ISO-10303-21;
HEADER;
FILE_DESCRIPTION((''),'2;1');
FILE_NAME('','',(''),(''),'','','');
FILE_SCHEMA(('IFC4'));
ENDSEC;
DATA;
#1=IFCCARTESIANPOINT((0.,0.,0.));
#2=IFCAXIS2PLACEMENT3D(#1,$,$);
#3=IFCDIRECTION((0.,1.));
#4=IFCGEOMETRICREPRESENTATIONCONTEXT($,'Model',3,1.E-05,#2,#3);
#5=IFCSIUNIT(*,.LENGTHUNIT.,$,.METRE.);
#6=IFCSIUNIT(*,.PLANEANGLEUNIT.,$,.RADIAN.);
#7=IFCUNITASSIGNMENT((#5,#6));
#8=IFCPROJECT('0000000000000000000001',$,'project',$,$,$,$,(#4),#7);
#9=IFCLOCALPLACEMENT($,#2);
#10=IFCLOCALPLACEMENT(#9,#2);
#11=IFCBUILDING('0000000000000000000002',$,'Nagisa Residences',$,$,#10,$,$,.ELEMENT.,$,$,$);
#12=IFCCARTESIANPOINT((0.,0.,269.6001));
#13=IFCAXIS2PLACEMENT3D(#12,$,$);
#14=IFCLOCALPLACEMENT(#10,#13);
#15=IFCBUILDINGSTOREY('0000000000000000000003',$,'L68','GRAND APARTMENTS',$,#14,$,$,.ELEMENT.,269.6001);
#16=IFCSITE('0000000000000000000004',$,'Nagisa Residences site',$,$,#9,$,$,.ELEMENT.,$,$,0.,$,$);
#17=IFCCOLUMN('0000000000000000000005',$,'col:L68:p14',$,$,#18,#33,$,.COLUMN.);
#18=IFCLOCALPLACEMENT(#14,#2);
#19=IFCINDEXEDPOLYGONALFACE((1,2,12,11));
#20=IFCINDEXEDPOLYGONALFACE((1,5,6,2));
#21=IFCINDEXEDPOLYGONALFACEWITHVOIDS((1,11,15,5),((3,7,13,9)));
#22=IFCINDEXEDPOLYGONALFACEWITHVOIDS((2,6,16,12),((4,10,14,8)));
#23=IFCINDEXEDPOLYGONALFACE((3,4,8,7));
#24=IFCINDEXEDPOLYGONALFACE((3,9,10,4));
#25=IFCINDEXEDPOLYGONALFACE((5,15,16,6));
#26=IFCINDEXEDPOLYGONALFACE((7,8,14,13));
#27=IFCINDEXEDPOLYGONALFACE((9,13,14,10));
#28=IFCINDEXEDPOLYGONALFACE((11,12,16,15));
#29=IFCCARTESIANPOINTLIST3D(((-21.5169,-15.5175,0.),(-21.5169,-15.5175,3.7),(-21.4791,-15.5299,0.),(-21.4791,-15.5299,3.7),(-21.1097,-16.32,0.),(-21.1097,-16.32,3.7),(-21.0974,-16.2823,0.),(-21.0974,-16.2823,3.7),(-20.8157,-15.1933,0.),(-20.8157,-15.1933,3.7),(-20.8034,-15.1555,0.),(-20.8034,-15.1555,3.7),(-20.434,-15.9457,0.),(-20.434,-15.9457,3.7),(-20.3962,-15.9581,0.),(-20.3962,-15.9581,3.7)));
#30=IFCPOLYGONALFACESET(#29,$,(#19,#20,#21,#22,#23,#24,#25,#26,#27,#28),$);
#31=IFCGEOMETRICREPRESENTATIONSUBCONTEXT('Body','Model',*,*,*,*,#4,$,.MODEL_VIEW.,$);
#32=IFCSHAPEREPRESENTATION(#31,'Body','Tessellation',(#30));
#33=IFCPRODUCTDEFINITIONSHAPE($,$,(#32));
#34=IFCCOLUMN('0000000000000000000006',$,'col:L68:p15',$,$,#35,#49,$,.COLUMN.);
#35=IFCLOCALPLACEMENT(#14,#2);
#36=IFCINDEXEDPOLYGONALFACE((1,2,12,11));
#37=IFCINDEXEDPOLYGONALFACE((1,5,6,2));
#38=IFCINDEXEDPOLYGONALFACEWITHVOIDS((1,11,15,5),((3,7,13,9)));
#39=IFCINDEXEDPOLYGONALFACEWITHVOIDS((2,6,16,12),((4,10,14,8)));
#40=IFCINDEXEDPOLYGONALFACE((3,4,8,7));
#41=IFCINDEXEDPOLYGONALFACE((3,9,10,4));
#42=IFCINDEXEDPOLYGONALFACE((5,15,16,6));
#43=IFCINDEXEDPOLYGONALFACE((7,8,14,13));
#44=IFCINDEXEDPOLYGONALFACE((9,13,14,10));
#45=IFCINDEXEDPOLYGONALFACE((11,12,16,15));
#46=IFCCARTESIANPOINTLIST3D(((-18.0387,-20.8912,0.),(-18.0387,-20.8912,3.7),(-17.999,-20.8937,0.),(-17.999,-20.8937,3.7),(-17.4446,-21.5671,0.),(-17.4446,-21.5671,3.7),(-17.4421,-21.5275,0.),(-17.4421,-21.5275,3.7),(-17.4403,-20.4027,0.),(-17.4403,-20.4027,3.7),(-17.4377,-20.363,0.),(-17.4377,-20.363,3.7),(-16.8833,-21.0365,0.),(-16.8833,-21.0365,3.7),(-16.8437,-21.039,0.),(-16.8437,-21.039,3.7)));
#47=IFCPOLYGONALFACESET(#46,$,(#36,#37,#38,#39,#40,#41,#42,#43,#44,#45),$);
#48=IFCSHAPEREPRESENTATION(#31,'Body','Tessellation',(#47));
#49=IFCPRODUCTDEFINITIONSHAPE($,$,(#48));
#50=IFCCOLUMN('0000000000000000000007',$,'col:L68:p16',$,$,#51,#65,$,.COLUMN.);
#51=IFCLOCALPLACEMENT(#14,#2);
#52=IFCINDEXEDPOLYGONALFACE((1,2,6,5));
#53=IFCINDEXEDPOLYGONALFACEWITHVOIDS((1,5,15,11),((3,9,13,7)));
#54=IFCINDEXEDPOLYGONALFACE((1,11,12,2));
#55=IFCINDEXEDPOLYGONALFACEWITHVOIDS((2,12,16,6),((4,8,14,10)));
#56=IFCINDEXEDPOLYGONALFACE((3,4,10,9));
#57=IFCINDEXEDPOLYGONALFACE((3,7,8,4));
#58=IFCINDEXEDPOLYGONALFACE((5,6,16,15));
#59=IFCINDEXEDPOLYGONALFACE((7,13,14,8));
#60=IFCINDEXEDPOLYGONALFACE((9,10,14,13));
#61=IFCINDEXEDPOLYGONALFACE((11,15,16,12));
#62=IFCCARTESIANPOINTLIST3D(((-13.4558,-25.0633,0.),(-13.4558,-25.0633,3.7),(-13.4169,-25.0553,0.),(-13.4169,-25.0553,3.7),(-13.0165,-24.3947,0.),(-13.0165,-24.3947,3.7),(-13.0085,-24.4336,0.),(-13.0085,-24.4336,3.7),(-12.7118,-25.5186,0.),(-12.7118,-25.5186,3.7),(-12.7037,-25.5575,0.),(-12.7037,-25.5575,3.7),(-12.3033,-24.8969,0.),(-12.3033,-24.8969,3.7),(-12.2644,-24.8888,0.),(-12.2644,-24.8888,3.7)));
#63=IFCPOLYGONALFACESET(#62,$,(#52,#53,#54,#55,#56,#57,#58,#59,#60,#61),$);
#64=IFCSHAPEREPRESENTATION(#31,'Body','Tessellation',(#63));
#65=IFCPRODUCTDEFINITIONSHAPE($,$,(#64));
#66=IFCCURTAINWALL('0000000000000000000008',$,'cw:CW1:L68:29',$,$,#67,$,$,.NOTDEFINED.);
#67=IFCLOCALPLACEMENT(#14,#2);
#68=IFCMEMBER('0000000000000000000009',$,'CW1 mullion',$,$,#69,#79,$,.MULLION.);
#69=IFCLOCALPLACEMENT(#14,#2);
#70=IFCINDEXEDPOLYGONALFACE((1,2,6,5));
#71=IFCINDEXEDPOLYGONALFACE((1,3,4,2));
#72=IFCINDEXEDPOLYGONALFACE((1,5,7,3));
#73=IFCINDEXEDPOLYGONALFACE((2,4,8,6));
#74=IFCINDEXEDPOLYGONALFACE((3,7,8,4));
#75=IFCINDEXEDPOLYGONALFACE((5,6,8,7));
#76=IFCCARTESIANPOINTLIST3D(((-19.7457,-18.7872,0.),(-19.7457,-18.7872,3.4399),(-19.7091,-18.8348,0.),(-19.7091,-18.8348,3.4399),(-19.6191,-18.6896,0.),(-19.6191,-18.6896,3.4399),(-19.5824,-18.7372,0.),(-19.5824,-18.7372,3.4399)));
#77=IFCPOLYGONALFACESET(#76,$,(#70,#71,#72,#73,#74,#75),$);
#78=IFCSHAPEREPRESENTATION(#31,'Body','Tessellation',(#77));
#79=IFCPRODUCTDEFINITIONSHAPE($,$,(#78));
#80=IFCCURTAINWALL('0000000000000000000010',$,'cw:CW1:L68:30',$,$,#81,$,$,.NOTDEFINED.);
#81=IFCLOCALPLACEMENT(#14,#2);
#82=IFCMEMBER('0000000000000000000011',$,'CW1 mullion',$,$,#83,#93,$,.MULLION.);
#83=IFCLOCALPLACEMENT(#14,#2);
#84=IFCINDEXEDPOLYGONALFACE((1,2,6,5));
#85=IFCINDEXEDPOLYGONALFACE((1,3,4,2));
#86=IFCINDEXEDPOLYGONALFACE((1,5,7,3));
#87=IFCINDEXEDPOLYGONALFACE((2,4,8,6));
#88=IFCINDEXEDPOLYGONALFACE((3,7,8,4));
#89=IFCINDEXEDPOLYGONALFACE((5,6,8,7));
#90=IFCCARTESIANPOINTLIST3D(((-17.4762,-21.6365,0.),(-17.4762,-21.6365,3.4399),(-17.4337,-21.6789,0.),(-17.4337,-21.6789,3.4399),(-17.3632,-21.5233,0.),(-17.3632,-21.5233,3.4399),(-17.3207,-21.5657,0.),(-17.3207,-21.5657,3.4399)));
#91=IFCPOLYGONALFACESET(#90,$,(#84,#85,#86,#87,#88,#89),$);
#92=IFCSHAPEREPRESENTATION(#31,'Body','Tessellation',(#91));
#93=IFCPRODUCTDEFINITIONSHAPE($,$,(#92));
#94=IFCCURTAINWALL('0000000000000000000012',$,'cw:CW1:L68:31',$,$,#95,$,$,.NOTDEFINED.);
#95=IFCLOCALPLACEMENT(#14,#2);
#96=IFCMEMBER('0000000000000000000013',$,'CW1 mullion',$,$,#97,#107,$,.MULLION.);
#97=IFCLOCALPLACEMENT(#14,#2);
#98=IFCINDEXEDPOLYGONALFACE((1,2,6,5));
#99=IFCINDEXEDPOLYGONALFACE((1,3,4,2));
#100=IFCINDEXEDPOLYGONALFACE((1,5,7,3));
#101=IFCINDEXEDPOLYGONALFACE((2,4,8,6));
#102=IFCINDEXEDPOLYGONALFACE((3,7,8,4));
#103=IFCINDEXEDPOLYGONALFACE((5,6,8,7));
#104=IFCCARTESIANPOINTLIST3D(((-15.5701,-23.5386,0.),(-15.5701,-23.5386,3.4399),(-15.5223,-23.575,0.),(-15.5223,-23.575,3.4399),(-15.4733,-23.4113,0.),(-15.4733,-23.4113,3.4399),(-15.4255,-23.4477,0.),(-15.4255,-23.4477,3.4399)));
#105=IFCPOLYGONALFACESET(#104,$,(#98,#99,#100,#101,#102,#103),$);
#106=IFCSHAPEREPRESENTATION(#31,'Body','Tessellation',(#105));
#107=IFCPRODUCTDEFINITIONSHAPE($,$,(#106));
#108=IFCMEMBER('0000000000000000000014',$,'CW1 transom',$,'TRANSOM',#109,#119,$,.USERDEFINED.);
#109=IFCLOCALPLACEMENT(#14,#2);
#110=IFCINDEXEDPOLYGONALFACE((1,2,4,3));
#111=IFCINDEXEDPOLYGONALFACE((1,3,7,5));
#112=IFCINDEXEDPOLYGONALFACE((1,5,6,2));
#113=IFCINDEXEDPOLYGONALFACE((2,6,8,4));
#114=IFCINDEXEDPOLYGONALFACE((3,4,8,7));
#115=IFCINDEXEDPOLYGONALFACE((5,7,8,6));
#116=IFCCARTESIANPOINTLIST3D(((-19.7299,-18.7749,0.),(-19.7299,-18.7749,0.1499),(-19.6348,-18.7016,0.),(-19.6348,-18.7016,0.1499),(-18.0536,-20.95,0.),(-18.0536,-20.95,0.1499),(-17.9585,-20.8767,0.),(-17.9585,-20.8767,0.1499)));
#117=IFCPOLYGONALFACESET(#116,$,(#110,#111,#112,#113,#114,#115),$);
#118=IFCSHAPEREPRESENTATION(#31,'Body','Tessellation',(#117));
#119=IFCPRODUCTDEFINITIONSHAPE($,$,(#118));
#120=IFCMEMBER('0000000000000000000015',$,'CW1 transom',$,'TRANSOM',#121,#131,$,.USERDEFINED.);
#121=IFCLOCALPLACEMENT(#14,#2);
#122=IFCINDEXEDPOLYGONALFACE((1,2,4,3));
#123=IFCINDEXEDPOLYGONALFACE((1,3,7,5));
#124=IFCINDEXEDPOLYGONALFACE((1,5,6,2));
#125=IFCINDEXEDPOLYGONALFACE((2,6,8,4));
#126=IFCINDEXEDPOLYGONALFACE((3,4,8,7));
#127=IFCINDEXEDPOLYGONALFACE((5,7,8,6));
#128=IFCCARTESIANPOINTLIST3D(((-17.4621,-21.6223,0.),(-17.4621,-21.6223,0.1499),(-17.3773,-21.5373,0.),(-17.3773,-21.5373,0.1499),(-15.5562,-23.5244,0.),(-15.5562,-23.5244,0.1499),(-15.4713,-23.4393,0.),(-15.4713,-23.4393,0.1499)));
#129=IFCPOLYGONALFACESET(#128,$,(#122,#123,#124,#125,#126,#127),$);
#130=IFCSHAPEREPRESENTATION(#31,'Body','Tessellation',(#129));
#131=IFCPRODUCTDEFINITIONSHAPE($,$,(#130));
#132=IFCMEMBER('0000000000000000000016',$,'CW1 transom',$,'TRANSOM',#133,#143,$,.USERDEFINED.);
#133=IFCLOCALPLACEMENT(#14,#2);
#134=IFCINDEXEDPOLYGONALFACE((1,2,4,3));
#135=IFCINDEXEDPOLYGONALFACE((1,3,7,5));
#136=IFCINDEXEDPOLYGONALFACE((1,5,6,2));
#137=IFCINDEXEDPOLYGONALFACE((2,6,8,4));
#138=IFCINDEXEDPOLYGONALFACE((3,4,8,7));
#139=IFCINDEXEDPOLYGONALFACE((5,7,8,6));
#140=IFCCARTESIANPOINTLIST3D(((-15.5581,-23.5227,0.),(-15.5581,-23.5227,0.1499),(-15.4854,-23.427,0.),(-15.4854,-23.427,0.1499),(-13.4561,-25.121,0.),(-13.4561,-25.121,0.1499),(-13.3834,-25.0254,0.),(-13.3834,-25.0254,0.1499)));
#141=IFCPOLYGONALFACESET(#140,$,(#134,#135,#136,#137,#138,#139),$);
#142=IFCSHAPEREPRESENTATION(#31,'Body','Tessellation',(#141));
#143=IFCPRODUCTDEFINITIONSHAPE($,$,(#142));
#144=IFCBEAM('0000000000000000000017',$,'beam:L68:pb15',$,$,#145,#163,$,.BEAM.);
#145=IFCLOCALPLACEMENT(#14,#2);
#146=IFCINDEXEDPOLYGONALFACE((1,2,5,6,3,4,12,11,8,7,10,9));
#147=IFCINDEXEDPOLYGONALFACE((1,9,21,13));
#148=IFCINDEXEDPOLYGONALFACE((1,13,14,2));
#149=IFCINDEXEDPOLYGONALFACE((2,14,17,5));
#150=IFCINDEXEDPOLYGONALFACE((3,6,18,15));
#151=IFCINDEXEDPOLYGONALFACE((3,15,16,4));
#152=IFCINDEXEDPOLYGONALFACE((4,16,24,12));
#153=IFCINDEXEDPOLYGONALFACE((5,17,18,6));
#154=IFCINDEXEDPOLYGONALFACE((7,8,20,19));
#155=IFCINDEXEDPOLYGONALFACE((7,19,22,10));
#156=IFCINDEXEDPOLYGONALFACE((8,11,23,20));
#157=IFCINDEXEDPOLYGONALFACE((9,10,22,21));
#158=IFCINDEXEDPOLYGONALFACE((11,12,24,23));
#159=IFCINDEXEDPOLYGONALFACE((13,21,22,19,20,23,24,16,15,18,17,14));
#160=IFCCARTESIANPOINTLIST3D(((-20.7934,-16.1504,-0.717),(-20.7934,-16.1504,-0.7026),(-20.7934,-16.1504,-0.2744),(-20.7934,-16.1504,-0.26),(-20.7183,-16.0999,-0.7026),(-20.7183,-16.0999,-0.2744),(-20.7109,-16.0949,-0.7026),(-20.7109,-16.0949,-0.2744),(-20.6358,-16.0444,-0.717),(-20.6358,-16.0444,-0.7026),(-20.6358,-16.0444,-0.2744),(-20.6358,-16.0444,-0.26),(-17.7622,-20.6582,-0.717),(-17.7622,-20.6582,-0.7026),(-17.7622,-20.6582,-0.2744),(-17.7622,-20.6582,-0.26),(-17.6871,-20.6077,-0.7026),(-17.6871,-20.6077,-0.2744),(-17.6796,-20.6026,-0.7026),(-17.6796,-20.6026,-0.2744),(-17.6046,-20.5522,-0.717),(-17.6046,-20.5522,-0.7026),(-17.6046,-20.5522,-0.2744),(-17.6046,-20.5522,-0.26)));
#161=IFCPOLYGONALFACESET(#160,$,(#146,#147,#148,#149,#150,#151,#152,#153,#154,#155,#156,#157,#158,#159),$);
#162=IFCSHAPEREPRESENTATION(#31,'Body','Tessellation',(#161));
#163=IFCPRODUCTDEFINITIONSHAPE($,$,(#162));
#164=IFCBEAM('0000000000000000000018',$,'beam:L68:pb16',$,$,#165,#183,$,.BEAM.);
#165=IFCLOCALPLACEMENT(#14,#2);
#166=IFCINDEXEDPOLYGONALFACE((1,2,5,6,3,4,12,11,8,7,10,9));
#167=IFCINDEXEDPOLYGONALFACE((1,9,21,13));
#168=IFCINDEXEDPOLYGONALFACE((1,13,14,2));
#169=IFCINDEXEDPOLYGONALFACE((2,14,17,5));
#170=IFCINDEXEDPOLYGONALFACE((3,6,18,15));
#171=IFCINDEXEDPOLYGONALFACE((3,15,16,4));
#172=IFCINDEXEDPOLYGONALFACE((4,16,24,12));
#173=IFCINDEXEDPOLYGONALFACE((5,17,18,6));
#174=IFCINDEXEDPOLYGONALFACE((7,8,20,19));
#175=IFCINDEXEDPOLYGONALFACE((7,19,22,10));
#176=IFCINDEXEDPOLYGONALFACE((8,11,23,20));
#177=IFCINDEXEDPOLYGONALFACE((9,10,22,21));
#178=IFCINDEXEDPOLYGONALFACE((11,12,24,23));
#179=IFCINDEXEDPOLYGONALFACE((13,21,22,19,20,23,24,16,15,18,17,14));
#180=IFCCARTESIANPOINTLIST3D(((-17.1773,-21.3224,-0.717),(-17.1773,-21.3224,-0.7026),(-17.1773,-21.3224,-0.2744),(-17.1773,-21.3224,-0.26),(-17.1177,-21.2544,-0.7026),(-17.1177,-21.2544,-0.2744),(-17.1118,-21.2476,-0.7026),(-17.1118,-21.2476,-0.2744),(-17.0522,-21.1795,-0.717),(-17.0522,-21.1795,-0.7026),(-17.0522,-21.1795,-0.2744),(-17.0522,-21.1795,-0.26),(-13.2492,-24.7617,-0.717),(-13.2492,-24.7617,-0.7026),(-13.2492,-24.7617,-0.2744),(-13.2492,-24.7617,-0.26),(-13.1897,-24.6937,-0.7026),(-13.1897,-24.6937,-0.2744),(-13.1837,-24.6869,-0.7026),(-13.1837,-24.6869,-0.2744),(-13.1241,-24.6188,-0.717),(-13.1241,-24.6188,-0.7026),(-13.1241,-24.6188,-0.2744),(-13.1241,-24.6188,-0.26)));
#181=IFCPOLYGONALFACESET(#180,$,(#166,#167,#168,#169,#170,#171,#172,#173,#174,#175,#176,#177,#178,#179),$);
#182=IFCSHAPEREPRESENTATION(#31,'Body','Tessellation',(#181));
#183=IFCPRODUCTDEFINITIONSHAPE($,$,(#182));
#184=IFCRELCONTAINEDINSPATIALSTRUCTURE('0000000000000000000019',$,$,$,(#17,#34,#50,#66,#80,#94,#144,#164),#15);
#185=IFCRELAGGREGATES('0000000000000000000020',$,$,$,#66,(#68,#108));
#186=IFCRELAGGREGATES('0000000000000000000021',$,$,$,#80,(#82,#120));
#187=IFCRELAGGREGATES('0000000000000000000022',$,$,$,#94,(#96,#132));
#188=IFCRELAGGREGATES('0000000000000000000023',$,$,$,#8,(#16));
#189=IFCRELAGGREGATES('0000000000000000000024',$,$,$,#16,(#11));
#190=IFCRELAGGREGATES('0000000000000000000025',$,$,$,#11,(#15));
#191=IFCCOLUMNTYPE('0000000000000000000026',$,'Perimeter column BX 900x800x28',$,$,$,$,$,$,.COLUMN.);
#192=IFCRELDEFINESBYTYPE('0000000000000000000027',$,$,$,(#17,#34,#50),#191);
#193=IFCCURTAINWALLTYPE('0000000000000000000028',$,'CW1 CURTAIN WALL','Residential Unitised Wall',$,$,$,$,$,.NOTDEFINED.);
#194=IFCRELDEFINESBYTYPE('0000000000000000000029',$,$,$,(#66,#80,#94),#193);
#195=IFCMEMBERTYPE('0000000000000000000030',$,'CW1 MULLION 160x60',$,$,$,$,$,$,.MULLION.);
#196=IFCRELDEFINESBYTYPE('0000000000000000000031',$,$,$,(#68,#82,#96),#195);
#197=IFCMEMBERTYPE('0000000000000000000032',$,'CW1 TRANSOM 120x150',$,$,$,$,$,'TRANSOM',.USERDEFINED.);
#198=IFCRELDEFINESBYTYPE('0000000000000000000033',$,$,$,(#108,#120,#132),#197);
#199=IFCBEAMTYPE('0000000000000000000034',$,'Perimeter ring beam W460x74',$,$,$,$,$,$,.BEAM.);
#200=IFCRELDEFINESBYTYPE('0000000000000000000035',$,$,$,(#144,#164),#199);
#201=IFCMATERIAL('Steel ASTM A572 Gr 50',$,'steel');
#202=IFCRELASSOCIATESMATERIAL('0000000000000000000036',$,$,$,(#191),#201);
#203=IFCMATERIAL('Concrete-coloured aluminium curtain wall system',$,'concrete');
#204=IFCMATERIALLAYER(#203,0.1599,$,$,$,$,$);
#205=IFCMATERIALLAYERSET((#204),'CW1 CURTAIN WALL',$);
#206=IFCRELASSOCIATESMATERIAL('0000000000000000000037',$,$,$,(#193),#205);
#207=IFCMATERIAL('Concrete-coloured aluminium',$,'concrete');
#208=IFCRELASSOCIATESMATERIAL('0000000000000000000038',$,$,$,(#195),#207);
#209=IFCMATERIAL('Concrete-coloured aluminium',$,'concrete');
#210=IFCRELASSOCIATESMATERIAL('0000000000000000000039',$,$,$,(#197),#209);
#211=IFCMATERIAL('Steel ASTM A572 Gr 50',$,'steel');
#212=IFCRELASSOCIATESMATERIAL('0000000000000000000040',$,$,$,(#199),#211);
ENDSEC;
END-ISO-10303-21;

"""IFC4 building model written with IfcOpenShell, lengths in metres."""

from ifc_helpers import new_model, si_unit, direction, frame, origin, origin_2d, place, context, subcontext, project, spatial, rectangle, hollow_rectangle, i_section, extrude, material, layer, layer_set, material_profile, profile_set, type_object, element, aggregate, save


model = new_model("IFC4")

# Units and contexts
model_context = context("Model", 3, precision=1e-05, world=origin(), true_north=direction((0.0, 1.0)))
body_context = subcontext(model_context, "Body", "Model", "MODEL_VIEW")
ifc_project = project(units=[si_unit("LENGTHUNIT", "METRE"), si_unit("PLANEANGLEUNIT", "RADIAN")], contexts=[model_context])

# Site, building, storey
site_placement = place(None, origin())
site = spatial("IfcSite", under=ifc_project, at=site_placement, Name="Nagisa Residences site", CompositionType="ELEMENT", RefElevation=0.0)
building_placement = place(site_placement, origin())
building = spatial("IfcBuilding", under=site, at=building_placement, Name="Nagisa Residences", CompositionType="ELEMENT")
storey_placement = place(building_placement, frame((0.0, 0.0, 269.6001)))
storey = spatial("IfcBuildingStorey", under=building, at=storey_placement, Name="L68", Description="GRAND APARTMENTS", CompositionType="ELEMENT", Elevation=269.6001)

# Columns
ifc_material_1 = material(Name="Steel ASTM A572 Gr 50", Category="steel")
ifc_material_profile_1 = material_profile(ifc_material_1, hollow_rectangle(XDim=0.8999, YDim=0.8, WallThickness=0.0281, at=origin_2d()), Name="BX 900x800x28")
ifc_profile_set_1 = profile_set([ifc_material_profile_1], Name="Steel ASTM A572 Gr 50")
column_type = type_object("IfcColumnType", Name="Perimeter column BX 900x800x28", PredefinedType="COLUMN", material=ifc_profile_set_1)
for number, where, z_axis, x_axis, name in (
    (1, (-20.9565, -15.7378, 0.0), (0.0, 0.0, 1.0), (0.452463, -0.891783, 0.0), "col:L68:p14"),
    (2, (-17.4412, -20.9651, 0.0), (0.0, 0.0, 1.0), (0.660115, -0.751165, 0.0), "col:L68:p15"),
    (3, (-12.8601, -24.9761, 0.0), (0.0, 0.0, 1.0), (0.835766, -0.549086, 0.0), "col:L68:p16"),
):
    element("IfcColumn", number, at=place(storey_placement, frame(where, z_axis=z_axis, x_axis=x_axis)), inside=storey, type_object=column_type, Name=name, PredefinedType="COLUMN", context=body_context, shape_type="SweptSolid", body=[
        extrude(hollow_rectangle(XDim=0.8999, YDim=0.8, WallThickness=0.0281, at=origin_2d()), origin(), (0.0, 0.0, 1.0), 3.7),
    ])

# Curtain walls, members
ifc_material_2 = material(Name="Concrete-coloured aluminium curtain wall system", Category="concrete")
ifc_layer_1 = layer(ifc_material_2, 0.1599)
ifc_layer_set_1 = layer_set([ifc_layer_1], Name="CW1 CURTAIN WALL")
curtain_wall_type = type_object("IfcCurtainWallType", Name="CW1 CURTAIN WALL", Description="Residential Unitised Wall", PredefinedType="NOTDEFINED", material=ifc_layer_set_1)
curtain_wall_1_placement = place(storey_placement, origin())
curtain_wall_1 = element("IfcCurtainWall", 4, at=curtain_wall_1_placement, inside=storey, type_object=curtain_wall_type, Name="cw:CW1:L68:29", PredefinedType="NOTDEFINED")
ifc_material_3 = material(Name="Concrete-coloured aluminium", Category="concrete")
ifc_material_profile_2 = material_profile(ifc_material_3, rectangle(XDim=0.1599, YDim=0.0601, at=origin_2d()), Name="CW1 MULLION 160x60")
ifc_profile_set_2 = profile_set([ifc_material_profile_2], Name="Concrete-coloured aluminium")
member_type_1 = type_object("IfcMemberType", Name="CW1 MULLION 160x60", PredefinedType="MULLION", material=ifc_profile_set_2)
member_1_placement = place(storey_placement, frame((-19.6641, -18.7622, 0.0), z_axis=(0.0, 0.0, 1.0), x_axis=(0.79207, 0.61043, 0.0)))
member_1 = element("IfcMember", 5, at=member_1_placement, type_object=member_type_1, Name="CW1 mullion", PredefinedType="MULLION", context=body_context, shape_type="SweptSolid", body=[
    extrude(rectangle(XDim=0.1599, YDim=0.0601, at=origin_2d()), origin(), (0.0, 0.0, 1.0), 3.4399),
])
curtain_wall_2_placement = place(storey_placement, origin())
curtain_wall_2 = element("IfcCurtainWall", 6, at=curtain_wall_2_placement, inside=storey, type_object=curtain_wall_type, Name="cw:CW1:L68:30", PredefinedType="NOTDEFINED")
member_2_placement = place(storey_placement, frame((-17.3984, -21.6011, 0.0), z_axis=(0.0, 0.0, 1.0), x_axis=(0.706377, 0.707836, 0.0)))
member_2 = element("IfcMember", 7, at=member_2_placement, type_object=member_type_1, Name="CW1 mullion", PredefinedType="MULLION", context=body_context, shape_type="SweptSolid", body=[
    extrude(rectangle(XDim=0.1599, YDim=0.0601, at=origin_2d()), origin(), (0.0, 0.0, 1.0), 3.4399),
])
curtain_wall_3_placement = place(storey_placement, origin())
curtain_wall_3 = element("IfcCurtainWall", 8, at=curtain_wall_3_placement, inside=storey, type_object=curtain_wall_type, Name="cw:CW1:L68:31", PredefinedType="NOTDEFINED")
member_3_placement = place(storey_placement, frame((-15.4978, -23.4932, 0.0), z_axis=(0.0, 0.0, 1.0), x_axis=(0.605255, 0.796031, 0.0)))
member_3 = element("IfcMember", 9, at=member_3_placement, type_object=member_type_1, Name="CW1 mullion", PredefinedType="MULLION", context=body_context, shape_type="SweptSolid", body=[
    extrude(rectangle(XDim=0.1599, YDim=0.0601, at=origin_2d()), origin(), (0.0, 0.0, 1.0), 3.4399),
])

# Members
ifc_material_4 = material(Name="Concrete-coloured aluminium", Category="concrete")
ifc_material_profile_3 = material_profile(ifc_material_4, rectangle(XDim=0.1201, YDim=0.1499, at=origin_2d()), Name="CW1 TRANSOM 120x150")
ifc_profile_set_3 = profile_set([ifc_material_profile_3], Name="Concrete-coloured aluminium")
member_type_2 = type_object("IfcMemberType", Name="CW1 TRANSOM 120x150", ElementType="TRANSOM", PredefinedType="USERDEFINED", material=ifc_profile_set_3)
member_4_placement = place(storey_placement, frame((-19.6824, -18.7383, 0.075), z_axis=(0.610432, -0.792068, 0.0), x_axis=(0.792068, 0.610432, 0.0)))
member_4 = element("IfcMember", 10, at=member_4_placement, type_object=member_type_2, Name="CW1 transom", ObjectType="TRANSOM", PredefinedType="USERDEFINED", context=body_context, shape_type="SweptSolid", body=[
    extrude(rectangle(XDim=0.1201, YDim=0.1499, at=origin_2d()), origin(), (0.0, 0.0, 1.0), 2.7461),
])
member_5_placement = place(storey_placement, frame((-17.4197, -21.5798, 0.075), z_axis=(0.707832, -0.706381, 0.0), x_axis=(0.706381, 0.707832, 0.0)))
member_5 = element("IfcMember", 11, at=member_5_placement, type_object=member_type_2, Name="CW1 transom", ObjectType="TRANSOM", PredefinedType="USERDEFINED", context=body_context, shape_type="SweptSolid", body=[
    extrude(rectangle(XDim=0.1201, YDim=0.1499, at=origin_2d()), origin(), (0.0, 0.0, 1.0), 2.6926),
])
member_6_placement = place(storey_placement, frame((-15.5217, -23.4749, 0.075), z_axis=(0.796011, -0.605282, 0.0), x_axis=(0.605282, 0.796011, 0.0)))
member_6 = element("IfcMember", 12, at=member_6_placement, type_object=member_type_2, Name="CW1 transom", ObjectType="TRANSOM", PredefinedType="USERDEFINED", context=body_context, shape_type="SweptSolid", body=[
    extrude(rectangle(XDim=0.1201, YDim=0.1499, at=origin_2d()), origin(), (0.0, 0.0, 1.0), 2.6406),
])

# Beams
ifc_material_5 = material(Name="Steel ASTM A572 Gr 50", Category="steel")
ifc_material_profile_4 = material_profile(ifc_material_5, i_section(OverallWidth=0.1899, OverallDepth=0.457, WebThickness=0.009, FlangeThickness=0.0144, at=origin_2d()), Name="W460x74")
ifc_profile_set_4 = profile_set([ifc_material_profile_4], Name="Steel ASTM A572 Gr 50")
beam_type_1 = type_object("IfcBeamType", Name="Perimeter ring beam W460x74", PredefinedType="BEAM", material=ifc_profile_set_4)
beam_1_placement = place(storey_placement, frame((-20.7146, -16.0974, -0.4885), z_axis=(0.558015, -0.829831, 0.0), x_axis=(0.829831, 0.558015, 0.0)))
element("IfcBeam", 13, at=beam_1_placement, inside=storey, type_object=beam_type_1, Name="beam:L68:pb15", PredefinedType="BEAM", context=body_context, shape_type="SweptSolid", body=[
    extrude(i_section(OverallWidth=0.1899, OverallDepth=0.457, WebThickness=0.009, FlangeThickness=0.0144, at=origin_2d()), origin(), (0.0, 0.0, 1.0), 5.4321),
])
beam_2_placement = place(storey_placement, frame((-17.1147, -21.251, -0.4885), z_axis=(0.752365, -0.658746, 0.0), x_axis=(0.658746, 0.752365, 0.0)))
element("IfcBeam", 14, at=beam_2_placement, inside=storey, type_object=beam_type_1, Name="beam:L68:pb16", PredefinedType="BEAM", context=body_context, shape_type="SweptSolid", body=[
    extrude(i_section(OverallWidth=0.1899, OverallDepth=0.457, WebThickness=0.009, FlangeThickness=0.0144, at=origin_2d()), origin(), (0.0, 0.0, 1.0), 5.2209),
])

aggregate(curtain_wall_1, [member_1, member_4])
aggregate(curtain_wall_2, [member_2, member_5])
aggregate(curtain_wall_3, [member_3, member_6])

save(model, "model.ifc")
